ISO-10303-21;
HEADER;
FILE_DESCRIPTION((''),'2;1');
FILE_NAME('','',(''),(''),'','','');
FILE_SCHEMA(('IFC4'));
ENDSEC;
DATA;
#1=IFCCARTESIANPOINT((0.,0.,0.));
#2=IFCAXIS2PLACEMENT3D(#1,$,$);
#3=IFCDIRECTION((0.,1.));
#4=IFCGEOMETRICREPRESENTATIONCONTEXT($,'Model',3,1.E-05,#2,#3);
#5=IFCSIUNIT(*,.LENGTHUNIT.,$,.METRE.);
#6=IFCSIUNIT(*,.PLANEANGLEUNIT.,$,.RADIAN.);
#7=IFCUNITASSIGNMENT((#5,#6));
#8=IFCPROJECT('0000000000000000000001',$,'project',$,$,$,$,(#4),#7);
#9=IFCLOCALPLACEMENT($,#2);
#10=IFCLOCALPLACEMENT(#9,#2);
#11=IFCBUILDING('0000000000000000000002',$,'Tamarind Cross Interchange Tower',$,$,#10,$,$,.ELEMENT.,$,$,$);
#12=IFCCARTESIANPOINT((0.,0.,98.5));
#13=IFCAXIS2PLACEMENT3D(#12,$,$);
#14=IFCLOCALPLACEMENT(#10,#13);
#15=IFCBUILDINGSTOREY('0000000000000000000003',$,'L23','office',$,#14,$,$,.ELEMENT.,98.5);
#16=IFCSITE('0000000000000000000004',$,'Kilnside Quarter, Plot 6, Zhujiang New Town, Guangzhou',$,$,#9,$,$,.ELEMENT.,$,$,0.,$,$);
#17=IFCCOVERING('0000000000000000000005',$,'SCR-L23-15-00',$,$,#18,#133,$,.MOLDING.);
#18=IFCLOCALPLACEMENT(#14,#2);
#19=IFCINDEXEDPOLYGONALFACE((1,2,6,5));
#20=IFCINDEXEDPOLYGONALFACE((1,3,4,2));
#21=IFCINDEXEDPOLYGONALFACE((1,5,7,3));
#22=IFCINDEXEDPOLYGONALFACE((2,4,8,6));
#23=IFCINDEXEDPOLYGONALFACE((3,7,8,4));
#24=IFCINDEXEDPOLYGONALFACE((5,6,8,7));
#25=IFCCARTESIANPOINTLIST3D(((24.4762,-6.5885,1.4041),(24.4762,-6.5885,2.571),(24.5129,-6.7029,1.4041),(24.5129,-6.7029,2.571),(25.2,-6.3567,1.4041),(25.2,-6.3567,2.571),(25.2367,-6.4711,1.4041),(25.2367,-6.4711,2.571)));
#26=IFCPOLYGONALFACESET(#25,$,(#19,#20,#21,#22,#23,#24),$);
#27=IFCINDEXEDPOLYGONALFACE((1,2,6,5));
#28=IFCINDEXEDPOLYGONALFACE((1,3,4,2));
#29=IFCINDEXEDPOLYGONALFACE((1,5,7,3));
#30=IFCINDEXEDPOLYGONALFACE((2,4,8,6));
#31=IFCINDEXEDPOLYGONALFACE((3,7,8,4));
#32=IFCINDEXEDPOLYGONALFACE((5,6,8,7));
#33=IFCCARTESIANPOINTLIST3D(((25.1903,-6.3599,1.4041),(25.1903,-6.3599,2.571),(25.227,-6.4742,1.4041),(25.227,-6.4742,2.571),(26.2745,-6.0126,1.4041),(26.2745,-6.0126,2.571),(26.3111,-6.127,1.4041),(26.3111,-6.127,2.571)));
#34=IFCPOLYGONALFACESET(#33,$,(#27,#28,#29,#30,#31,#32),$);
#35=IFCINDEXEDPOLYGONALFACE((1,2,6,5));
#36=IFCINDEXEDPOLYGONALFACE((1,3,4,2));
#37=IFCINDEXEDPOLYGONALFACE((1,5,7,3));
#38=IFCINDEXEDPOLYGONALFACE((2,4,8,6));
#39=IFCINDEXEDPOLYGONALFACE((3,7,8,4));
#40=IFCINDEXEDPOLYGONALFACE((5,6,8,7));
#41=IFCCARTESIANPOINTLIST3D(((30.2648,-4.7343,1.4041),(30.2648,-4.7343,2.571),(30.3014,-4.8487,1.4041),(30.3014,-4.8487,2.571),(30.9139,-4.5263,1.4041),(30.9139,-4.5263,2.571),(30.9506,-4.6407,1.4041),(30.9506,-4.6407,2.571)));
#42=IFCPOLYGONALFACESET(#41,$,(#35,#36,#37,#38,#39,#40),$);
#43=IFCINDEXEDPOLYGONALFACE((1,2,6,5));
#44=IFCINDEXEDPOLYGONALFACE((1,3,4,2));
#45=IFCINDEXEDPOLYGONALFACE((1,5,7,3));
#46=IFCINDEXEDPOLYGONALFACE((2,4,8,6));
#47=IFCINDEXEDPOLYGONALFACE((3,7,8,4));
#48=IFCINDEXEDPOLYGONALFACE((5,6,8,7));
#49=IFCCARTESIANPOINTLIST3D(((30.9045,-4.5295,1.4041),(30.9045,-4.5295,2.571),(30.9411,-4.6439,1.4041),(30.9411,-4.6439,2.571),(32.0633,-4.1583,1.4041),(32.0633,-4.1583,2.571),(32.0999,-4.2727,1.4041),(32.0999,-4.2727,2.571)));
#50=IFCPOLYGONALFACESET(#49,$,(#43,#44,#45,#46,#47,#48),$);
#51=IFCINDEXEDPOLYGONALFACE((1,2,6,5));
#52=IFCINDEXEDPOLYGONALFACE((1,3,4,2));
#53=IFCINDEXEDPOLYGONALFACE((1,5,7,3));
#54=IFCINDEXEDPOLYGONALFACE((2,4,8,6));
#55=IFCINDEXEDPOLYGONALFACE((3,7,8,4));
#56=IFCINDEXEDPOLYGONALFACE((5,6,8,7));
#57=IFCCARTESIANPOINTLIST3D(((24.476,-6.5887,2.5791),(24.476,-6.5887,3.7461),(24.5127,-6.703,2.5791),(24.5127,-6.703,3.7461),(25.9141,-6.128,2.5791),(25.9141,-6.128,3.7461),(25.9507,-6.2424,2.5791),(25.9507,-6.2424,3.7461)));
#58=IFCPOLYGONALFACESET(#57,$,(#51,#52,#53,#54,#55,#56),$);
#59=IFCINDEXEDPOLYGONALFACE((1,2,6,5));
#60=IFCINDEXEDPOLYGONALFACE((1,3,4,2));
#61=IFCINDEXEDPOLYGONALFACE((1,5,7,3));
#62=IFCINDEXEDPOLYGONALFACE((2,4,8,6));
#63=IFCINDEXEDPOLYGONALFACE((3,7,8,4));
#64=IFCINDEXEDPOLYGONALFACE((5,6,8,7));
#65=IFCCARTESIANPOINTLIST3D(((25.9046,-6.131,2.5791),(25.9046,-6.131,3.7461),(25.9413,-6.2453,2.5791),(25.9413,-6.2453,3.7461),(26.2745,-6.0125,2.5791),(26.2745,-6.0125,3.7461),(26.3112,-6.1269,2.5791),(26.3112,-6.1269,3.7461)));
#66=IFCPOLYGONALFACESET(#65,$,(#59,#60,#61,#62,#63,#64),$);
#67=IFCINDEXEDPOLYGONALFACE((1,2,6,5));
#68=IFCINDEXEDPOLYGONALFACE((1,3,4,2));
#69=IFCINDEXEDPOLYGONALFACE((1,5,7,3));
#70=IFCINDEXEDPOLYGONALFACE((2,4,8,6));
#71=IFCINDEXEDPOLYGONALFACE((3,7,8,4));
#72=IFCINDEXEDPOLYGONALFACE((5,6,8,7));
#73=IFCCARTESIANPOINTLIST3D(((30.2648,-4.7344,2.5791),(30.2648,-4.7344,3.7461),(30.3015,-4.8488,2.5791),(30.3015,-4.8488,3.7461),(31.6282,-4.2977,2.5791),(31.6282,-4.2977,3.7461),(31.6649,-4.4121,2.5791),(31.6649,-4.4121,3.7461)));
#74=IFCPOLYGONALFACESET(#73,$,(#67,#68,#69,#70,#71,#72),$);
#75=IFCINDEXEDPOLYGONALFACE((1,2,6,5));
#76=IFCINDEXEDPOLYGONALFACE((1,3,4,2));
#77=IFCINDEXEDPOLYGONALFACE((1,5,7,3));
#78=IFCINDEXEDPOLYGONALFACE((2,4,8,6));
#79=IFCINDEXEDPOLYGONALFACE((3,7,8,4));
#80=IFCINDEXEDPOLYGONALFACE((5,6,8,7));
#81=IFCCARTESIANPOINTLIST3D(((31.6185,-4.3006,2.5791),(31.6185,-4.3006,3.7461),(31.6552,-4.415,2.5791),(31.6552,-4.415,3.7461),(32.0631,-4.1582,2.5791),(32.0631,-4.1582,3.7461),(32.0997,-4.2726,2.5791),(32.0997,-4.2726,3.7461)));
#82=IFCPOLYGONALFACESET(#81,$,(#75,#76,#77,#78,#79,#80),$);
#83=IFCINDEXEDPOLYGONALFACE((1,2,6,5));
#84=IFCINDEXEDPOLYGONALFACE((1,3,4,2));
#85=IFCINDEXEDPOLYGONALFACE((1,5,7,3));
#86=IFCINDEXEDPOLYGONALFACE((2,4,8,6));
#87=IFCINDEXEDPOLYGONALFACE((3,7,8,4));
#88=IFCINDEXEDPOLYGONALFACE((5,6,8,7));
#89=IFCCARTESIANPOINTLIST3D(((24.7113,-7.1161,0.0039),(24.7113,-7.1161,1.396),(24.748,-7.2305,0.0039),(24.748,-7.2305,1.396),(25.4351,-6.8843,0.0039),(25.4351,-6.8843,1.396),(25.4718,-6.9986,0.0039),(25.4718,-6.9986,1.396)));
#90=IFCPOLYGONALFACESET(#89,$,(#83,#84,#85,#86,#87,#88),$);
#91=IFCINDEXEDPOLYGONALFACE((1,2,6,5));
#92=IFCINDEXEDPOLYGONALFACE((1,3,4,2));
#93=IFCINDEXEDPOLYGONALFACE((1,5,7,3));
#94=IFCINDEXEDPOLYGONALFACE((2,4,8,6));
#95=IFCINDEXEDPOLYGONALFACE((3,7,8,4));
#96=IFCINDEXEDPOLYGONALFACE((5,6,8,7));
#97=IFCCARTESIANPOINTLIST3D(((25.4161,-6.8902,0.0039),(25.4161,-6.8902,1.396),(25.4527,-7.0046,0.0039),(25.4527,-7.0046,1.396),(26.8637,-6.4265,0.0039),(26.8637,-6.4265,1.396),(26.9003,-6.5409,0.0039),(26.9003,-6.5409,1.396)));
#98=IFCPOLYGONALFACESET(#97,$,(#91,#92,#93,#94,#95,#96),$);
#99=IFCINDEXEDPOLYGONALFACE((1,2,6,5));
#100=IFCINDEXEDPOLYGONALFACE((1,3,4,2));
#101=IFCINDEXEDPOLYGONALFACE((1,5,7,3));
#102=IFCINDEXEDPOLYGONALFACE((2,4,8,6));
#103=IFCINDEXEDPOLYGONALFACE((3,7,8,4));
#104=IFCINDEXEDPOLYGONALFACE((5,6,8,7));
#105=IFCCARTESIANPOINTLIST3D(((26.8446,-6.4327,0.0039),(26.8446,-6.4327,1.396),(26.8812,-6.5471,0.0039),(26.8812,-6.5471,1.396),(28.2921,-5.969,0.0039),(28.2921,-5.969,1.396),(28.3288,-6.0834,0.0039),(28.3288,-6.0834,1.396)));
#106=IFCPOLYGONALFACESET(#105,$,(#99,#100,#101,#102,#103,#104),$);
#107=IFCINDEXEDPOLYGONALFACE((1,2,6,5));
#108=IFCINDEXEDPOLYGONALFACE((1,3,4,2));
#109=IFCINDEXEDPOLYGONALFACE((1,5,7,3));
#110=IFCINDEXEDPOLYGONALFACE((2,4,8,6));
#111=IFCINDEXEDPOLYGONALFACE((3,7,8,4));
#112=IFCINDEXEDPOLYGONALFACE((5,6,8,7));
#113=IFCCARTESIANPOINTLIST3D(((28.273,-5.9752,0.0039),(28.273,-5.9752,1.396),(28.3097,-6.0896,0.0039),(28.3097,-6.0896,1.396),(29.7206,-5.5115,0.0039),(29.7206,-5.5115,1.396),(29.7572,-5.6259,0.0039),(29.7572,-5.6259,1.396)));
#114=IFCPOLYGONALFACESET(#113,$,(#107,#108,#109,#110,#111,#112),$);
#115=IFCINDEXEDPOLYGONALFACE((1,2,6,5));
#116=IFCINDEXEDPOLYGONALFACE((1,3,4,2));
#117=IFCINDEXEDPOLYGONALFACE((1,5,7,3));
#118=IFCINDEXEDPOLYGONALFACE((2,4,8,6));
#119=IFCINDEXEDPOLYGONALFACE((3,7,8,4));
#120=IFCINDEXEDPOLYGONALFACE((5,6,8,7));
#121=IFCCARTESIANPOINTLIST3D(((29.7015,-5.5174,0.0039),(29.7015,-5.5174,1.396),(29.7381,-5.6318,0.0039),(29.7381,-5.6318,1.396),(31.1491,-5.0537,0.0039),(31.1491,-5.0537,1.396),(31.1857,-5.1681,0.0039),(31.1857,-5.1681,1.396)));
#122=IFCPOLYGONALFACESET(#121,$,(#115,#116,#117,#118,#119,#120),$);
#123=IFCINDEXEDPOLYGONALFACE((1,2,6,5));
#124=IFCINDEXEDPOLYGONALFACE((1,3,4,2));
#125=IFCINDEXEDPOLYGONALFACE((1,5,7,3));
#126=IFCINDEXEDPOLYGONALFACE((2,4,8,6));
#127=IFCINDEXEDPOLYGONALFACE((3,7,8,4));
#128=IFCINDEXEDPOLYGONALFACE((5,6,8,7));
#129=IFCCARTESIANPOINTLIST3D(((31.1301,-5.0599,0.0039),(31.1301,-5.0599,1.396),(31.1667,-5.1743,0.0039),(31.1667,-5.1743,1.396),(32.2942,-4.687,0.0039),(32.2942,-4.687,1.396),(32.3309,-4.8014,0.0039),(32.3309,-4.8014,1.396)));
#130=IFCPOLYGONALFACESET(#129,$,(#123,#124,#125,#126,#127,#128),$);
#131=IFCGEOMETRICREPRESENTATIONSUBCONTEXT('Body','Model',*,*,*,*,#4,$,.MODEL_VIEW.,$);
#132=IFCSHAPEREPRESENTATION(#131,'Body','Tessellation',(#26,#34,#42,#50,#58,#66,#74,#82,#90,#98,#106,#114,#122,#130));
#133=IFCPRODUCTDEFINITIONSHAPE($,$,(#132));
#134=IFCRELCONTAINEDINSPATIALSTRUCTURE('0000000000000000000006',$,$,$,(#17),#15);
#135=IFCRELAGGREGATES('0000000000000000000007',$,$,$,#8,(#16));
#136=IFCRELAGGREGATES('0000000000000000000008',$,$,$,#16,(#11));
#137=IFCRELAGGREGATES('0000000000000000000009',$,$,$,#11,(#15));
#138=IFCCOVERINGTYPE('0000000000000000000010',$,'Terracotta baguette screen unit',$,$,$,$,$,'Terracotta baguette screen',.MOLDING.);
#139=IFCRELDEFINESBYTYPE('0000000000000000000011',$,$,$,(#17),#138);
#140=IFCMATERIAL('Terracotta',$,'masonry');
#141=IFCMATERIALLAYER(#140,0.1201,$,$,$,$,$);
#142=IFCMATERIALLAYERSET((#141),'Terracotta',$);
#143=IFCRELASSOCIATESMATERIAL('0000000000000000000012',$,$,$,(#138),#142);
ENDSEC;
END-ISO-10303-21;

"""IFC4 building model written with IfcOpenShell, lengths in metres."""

from ifc_helpers import new_model, si_unit, direction, frame, origin, origin_2d, place, context, subcontext, project, spatial, rectangle, extrude, material, layer, layer_set, type_object, element, save


model = new_model("IFC4")

# Units and contexts
model_context = context("Model", 3, precision=1e-05, world=origin(), true_north=direction((0.0, 1.0)))
body_context = subcontext(model_context, "Body", "Model", "MODEL_VIEW")
ifc_project = project(units=[si_unit("LENGTHUNIT", "METRE"), si_unit("PLANEANGLEUNIT", "RADIAN")], contexts=[model_context])

# Site, building, storey
site_placement = place(None, origin())
site = spatial("IfcSite", under=ifc_project, at=site_placement, Name="Kilnside Quarter, Plot 6, Zhujiang New Town, Guangzhou", CompositionType="ELEMENT", RefElevation=0.0)
building_placement = place(site_placement, origin())
building = spatial("IfcBuilding", under=site, at=building_placement, Name="Tamarind Cross Interchange Tower", CompositionType="ELEMENT")
storey_placement = place(building_placement, frame((0.0, 0.0, 98.5)))
storey = spatial("IfcBuildingStorey", under=building, at=storey_placement, Name="L23", Description="office", CompositionType="ELEMENT", Elevation=98.5)

# Covering
ifc_material_1 = material(Name="Terracotta", Category="masonry")
ifc_layer_1 = layer(ifc_material_1, 0.1201)
ifc_layer_set_1 = layer_set([ifc_layer_1], Name="Terracotta")
covering_type = type_object("IfcCoveringType", Name="Terracotta baguette screen unit", ElementType="Terracotta baguette screen", PredefinedType="MOLDING", material=ifc_layer_set_1)
covering_1_placement = place(storey_placement, origin())
element("IfcCovering", 1, at=covering_1_placement, inside=storey, type_object=covering_type, Name="SCR-L23-15-00", PredefinedType="MOLDING", context=body_context, shape_type="SweptSolid", body=[
    extrude(rectangle(XDim=0.76, YDim=0.1201, at=origin_2d()), frame((24.8564, -6.5298, 1.4041), z_axis=(0.0, 0.0, 1.0), x_axis=(0.952334, 0.305057, 0.0)), (0.0, 0.0, 1.0), 1.167),
    extrude(rectangle(XDim=1.1384, YDim=0.1201, at=origin_2d()), frame((25.7507, -6.2434, 1.4041), z_axis=(0.0, 0.0, 1.0), x_axis=(0.952334, 0.305057, 0.0)), (0.0, 0.0, 1.0), 1.167),
    extrude(rectangle(XDim=0.6816, YDim=0.1201, at=origin_2d()), frame((30.6077, -4.6875, 1.4041), z_axis=(0.0, 0.0, 1.0), x_axis=(0.952334, 0.305057, 0.0)), (0.0, 0.0, 1.0), 1.167),
    extrude(rectangle(XDim=1.2168, YDim=0.1201, at=origin_2d()), frame((31.5022, -4.4011, 1.4041), z_axis=(0.0, 0.0, 1.0), x_axis=(0.952334, 0.305057, 0.0)), (0.0, 0.0, 1.0), 1.167),
    extrude(rectangle(XDim=1.51, YDim=0.1201, at=origin_2d()), frame((25.2134, -6.4155, 2.5791), z_axis=(0.0, 0.0, 1.0), x_axis=(0.952334, 0.305057, 0.0)), (0.0, 0.0, 1.0), 1.167),
    extrude(rectangle(XDim=0.3884, YDim=0.1201, at=origin_2d()), frame((26.1079, -6.1289, 2.5791), z_axis=(0.0, 0.0, 1.0), x_axis=(0.952334, 0.305057, 0.0)), (0.0, 0.0, 1.0), 1.167),
    extrude(rectangle(XDim=1.4316, YDim=0.1201, at=origin_2d()), frame((30.9648, -4.5732, 2.5791), z_axis=(0.0, 0.0, 1.0), x_axis=(0.952334, 0.305057, 0.0)), (0.0, 0.0, 1.0), 1.167),
    extrude(rectangle(XDim=0.4668, YDim=0.1201, at=origin_2d()), frame((31.8591, -4.2866, 2.5791), z_axis=(0.0, 0.0, 1.0), x_axis=(0.952334, 0.305057, 0.0)), (0.0, 0.0, 1.0), 1.167),
    extrude(rectangle(XDim=0.76, YDim=0.1201, at=origin_2d()), frame((25.0916, -7.0574, 0.0039), z_axis=(0.0, 0.0, 1.0), x_axis=(0.952334, 0.305057, 0.0)), (0.0, 0.0, 1.0), 1.3921),
    extrude(rectangle(XDim=1.52, YDim=0.1201, at=origin_2d()), frame((26.1582, -6.7156, 0.0039), z_axis=(0.0, 0.0, 1.0), x_axis=(0.952334, 0.305057, 0.0)), (0.0, 0.0, 1.0), 1.3921),
    extrude(rectangle(XDim=1.52, YDim=0.1201, at=origin_2d()), frame((27.5867, -6.2581, 0.0039), z_axis=(0.0, 0.0, 1.0), x_axis=(0.952334, 0.305057, 0.0)), (0.0, 0.0, 1.0), 1.3921),
    extrude(rectangle(XDim=1.52, YDim=0.1201, at=origin_2d()), frame((29.0151, -5.8005, 0.0039), z_axis=(0.0, 0.0, 1.0), x_axis=(0.952334, 0.305057, 0.0)), (0.0, 0.0, 1.0), 1.3921),
    extrude(rectangle(XDim=1.52, YDim=0.1201, at=origin_2d()), frame((30.4436, -5.3428, 0.0039), z_axis=(0.0, 0.0, 1.0), x_axis=(0.952334, 0.305057, 0.0)), (0.0, 0.0, 1.0), 1.3921),
    extrude(rectangle(XDim=1.2224, YDim=0.1201, at=origin_2d()), frame((31.7305, -4.9307, 0.0039), z_axis=(0.0, 0.0, 1.0), x_axis=(0.952334, 0.305057, 0.0)), (0.0, 0.0, 1.0), 1.3921),
])

save(model, "model.ifc")
